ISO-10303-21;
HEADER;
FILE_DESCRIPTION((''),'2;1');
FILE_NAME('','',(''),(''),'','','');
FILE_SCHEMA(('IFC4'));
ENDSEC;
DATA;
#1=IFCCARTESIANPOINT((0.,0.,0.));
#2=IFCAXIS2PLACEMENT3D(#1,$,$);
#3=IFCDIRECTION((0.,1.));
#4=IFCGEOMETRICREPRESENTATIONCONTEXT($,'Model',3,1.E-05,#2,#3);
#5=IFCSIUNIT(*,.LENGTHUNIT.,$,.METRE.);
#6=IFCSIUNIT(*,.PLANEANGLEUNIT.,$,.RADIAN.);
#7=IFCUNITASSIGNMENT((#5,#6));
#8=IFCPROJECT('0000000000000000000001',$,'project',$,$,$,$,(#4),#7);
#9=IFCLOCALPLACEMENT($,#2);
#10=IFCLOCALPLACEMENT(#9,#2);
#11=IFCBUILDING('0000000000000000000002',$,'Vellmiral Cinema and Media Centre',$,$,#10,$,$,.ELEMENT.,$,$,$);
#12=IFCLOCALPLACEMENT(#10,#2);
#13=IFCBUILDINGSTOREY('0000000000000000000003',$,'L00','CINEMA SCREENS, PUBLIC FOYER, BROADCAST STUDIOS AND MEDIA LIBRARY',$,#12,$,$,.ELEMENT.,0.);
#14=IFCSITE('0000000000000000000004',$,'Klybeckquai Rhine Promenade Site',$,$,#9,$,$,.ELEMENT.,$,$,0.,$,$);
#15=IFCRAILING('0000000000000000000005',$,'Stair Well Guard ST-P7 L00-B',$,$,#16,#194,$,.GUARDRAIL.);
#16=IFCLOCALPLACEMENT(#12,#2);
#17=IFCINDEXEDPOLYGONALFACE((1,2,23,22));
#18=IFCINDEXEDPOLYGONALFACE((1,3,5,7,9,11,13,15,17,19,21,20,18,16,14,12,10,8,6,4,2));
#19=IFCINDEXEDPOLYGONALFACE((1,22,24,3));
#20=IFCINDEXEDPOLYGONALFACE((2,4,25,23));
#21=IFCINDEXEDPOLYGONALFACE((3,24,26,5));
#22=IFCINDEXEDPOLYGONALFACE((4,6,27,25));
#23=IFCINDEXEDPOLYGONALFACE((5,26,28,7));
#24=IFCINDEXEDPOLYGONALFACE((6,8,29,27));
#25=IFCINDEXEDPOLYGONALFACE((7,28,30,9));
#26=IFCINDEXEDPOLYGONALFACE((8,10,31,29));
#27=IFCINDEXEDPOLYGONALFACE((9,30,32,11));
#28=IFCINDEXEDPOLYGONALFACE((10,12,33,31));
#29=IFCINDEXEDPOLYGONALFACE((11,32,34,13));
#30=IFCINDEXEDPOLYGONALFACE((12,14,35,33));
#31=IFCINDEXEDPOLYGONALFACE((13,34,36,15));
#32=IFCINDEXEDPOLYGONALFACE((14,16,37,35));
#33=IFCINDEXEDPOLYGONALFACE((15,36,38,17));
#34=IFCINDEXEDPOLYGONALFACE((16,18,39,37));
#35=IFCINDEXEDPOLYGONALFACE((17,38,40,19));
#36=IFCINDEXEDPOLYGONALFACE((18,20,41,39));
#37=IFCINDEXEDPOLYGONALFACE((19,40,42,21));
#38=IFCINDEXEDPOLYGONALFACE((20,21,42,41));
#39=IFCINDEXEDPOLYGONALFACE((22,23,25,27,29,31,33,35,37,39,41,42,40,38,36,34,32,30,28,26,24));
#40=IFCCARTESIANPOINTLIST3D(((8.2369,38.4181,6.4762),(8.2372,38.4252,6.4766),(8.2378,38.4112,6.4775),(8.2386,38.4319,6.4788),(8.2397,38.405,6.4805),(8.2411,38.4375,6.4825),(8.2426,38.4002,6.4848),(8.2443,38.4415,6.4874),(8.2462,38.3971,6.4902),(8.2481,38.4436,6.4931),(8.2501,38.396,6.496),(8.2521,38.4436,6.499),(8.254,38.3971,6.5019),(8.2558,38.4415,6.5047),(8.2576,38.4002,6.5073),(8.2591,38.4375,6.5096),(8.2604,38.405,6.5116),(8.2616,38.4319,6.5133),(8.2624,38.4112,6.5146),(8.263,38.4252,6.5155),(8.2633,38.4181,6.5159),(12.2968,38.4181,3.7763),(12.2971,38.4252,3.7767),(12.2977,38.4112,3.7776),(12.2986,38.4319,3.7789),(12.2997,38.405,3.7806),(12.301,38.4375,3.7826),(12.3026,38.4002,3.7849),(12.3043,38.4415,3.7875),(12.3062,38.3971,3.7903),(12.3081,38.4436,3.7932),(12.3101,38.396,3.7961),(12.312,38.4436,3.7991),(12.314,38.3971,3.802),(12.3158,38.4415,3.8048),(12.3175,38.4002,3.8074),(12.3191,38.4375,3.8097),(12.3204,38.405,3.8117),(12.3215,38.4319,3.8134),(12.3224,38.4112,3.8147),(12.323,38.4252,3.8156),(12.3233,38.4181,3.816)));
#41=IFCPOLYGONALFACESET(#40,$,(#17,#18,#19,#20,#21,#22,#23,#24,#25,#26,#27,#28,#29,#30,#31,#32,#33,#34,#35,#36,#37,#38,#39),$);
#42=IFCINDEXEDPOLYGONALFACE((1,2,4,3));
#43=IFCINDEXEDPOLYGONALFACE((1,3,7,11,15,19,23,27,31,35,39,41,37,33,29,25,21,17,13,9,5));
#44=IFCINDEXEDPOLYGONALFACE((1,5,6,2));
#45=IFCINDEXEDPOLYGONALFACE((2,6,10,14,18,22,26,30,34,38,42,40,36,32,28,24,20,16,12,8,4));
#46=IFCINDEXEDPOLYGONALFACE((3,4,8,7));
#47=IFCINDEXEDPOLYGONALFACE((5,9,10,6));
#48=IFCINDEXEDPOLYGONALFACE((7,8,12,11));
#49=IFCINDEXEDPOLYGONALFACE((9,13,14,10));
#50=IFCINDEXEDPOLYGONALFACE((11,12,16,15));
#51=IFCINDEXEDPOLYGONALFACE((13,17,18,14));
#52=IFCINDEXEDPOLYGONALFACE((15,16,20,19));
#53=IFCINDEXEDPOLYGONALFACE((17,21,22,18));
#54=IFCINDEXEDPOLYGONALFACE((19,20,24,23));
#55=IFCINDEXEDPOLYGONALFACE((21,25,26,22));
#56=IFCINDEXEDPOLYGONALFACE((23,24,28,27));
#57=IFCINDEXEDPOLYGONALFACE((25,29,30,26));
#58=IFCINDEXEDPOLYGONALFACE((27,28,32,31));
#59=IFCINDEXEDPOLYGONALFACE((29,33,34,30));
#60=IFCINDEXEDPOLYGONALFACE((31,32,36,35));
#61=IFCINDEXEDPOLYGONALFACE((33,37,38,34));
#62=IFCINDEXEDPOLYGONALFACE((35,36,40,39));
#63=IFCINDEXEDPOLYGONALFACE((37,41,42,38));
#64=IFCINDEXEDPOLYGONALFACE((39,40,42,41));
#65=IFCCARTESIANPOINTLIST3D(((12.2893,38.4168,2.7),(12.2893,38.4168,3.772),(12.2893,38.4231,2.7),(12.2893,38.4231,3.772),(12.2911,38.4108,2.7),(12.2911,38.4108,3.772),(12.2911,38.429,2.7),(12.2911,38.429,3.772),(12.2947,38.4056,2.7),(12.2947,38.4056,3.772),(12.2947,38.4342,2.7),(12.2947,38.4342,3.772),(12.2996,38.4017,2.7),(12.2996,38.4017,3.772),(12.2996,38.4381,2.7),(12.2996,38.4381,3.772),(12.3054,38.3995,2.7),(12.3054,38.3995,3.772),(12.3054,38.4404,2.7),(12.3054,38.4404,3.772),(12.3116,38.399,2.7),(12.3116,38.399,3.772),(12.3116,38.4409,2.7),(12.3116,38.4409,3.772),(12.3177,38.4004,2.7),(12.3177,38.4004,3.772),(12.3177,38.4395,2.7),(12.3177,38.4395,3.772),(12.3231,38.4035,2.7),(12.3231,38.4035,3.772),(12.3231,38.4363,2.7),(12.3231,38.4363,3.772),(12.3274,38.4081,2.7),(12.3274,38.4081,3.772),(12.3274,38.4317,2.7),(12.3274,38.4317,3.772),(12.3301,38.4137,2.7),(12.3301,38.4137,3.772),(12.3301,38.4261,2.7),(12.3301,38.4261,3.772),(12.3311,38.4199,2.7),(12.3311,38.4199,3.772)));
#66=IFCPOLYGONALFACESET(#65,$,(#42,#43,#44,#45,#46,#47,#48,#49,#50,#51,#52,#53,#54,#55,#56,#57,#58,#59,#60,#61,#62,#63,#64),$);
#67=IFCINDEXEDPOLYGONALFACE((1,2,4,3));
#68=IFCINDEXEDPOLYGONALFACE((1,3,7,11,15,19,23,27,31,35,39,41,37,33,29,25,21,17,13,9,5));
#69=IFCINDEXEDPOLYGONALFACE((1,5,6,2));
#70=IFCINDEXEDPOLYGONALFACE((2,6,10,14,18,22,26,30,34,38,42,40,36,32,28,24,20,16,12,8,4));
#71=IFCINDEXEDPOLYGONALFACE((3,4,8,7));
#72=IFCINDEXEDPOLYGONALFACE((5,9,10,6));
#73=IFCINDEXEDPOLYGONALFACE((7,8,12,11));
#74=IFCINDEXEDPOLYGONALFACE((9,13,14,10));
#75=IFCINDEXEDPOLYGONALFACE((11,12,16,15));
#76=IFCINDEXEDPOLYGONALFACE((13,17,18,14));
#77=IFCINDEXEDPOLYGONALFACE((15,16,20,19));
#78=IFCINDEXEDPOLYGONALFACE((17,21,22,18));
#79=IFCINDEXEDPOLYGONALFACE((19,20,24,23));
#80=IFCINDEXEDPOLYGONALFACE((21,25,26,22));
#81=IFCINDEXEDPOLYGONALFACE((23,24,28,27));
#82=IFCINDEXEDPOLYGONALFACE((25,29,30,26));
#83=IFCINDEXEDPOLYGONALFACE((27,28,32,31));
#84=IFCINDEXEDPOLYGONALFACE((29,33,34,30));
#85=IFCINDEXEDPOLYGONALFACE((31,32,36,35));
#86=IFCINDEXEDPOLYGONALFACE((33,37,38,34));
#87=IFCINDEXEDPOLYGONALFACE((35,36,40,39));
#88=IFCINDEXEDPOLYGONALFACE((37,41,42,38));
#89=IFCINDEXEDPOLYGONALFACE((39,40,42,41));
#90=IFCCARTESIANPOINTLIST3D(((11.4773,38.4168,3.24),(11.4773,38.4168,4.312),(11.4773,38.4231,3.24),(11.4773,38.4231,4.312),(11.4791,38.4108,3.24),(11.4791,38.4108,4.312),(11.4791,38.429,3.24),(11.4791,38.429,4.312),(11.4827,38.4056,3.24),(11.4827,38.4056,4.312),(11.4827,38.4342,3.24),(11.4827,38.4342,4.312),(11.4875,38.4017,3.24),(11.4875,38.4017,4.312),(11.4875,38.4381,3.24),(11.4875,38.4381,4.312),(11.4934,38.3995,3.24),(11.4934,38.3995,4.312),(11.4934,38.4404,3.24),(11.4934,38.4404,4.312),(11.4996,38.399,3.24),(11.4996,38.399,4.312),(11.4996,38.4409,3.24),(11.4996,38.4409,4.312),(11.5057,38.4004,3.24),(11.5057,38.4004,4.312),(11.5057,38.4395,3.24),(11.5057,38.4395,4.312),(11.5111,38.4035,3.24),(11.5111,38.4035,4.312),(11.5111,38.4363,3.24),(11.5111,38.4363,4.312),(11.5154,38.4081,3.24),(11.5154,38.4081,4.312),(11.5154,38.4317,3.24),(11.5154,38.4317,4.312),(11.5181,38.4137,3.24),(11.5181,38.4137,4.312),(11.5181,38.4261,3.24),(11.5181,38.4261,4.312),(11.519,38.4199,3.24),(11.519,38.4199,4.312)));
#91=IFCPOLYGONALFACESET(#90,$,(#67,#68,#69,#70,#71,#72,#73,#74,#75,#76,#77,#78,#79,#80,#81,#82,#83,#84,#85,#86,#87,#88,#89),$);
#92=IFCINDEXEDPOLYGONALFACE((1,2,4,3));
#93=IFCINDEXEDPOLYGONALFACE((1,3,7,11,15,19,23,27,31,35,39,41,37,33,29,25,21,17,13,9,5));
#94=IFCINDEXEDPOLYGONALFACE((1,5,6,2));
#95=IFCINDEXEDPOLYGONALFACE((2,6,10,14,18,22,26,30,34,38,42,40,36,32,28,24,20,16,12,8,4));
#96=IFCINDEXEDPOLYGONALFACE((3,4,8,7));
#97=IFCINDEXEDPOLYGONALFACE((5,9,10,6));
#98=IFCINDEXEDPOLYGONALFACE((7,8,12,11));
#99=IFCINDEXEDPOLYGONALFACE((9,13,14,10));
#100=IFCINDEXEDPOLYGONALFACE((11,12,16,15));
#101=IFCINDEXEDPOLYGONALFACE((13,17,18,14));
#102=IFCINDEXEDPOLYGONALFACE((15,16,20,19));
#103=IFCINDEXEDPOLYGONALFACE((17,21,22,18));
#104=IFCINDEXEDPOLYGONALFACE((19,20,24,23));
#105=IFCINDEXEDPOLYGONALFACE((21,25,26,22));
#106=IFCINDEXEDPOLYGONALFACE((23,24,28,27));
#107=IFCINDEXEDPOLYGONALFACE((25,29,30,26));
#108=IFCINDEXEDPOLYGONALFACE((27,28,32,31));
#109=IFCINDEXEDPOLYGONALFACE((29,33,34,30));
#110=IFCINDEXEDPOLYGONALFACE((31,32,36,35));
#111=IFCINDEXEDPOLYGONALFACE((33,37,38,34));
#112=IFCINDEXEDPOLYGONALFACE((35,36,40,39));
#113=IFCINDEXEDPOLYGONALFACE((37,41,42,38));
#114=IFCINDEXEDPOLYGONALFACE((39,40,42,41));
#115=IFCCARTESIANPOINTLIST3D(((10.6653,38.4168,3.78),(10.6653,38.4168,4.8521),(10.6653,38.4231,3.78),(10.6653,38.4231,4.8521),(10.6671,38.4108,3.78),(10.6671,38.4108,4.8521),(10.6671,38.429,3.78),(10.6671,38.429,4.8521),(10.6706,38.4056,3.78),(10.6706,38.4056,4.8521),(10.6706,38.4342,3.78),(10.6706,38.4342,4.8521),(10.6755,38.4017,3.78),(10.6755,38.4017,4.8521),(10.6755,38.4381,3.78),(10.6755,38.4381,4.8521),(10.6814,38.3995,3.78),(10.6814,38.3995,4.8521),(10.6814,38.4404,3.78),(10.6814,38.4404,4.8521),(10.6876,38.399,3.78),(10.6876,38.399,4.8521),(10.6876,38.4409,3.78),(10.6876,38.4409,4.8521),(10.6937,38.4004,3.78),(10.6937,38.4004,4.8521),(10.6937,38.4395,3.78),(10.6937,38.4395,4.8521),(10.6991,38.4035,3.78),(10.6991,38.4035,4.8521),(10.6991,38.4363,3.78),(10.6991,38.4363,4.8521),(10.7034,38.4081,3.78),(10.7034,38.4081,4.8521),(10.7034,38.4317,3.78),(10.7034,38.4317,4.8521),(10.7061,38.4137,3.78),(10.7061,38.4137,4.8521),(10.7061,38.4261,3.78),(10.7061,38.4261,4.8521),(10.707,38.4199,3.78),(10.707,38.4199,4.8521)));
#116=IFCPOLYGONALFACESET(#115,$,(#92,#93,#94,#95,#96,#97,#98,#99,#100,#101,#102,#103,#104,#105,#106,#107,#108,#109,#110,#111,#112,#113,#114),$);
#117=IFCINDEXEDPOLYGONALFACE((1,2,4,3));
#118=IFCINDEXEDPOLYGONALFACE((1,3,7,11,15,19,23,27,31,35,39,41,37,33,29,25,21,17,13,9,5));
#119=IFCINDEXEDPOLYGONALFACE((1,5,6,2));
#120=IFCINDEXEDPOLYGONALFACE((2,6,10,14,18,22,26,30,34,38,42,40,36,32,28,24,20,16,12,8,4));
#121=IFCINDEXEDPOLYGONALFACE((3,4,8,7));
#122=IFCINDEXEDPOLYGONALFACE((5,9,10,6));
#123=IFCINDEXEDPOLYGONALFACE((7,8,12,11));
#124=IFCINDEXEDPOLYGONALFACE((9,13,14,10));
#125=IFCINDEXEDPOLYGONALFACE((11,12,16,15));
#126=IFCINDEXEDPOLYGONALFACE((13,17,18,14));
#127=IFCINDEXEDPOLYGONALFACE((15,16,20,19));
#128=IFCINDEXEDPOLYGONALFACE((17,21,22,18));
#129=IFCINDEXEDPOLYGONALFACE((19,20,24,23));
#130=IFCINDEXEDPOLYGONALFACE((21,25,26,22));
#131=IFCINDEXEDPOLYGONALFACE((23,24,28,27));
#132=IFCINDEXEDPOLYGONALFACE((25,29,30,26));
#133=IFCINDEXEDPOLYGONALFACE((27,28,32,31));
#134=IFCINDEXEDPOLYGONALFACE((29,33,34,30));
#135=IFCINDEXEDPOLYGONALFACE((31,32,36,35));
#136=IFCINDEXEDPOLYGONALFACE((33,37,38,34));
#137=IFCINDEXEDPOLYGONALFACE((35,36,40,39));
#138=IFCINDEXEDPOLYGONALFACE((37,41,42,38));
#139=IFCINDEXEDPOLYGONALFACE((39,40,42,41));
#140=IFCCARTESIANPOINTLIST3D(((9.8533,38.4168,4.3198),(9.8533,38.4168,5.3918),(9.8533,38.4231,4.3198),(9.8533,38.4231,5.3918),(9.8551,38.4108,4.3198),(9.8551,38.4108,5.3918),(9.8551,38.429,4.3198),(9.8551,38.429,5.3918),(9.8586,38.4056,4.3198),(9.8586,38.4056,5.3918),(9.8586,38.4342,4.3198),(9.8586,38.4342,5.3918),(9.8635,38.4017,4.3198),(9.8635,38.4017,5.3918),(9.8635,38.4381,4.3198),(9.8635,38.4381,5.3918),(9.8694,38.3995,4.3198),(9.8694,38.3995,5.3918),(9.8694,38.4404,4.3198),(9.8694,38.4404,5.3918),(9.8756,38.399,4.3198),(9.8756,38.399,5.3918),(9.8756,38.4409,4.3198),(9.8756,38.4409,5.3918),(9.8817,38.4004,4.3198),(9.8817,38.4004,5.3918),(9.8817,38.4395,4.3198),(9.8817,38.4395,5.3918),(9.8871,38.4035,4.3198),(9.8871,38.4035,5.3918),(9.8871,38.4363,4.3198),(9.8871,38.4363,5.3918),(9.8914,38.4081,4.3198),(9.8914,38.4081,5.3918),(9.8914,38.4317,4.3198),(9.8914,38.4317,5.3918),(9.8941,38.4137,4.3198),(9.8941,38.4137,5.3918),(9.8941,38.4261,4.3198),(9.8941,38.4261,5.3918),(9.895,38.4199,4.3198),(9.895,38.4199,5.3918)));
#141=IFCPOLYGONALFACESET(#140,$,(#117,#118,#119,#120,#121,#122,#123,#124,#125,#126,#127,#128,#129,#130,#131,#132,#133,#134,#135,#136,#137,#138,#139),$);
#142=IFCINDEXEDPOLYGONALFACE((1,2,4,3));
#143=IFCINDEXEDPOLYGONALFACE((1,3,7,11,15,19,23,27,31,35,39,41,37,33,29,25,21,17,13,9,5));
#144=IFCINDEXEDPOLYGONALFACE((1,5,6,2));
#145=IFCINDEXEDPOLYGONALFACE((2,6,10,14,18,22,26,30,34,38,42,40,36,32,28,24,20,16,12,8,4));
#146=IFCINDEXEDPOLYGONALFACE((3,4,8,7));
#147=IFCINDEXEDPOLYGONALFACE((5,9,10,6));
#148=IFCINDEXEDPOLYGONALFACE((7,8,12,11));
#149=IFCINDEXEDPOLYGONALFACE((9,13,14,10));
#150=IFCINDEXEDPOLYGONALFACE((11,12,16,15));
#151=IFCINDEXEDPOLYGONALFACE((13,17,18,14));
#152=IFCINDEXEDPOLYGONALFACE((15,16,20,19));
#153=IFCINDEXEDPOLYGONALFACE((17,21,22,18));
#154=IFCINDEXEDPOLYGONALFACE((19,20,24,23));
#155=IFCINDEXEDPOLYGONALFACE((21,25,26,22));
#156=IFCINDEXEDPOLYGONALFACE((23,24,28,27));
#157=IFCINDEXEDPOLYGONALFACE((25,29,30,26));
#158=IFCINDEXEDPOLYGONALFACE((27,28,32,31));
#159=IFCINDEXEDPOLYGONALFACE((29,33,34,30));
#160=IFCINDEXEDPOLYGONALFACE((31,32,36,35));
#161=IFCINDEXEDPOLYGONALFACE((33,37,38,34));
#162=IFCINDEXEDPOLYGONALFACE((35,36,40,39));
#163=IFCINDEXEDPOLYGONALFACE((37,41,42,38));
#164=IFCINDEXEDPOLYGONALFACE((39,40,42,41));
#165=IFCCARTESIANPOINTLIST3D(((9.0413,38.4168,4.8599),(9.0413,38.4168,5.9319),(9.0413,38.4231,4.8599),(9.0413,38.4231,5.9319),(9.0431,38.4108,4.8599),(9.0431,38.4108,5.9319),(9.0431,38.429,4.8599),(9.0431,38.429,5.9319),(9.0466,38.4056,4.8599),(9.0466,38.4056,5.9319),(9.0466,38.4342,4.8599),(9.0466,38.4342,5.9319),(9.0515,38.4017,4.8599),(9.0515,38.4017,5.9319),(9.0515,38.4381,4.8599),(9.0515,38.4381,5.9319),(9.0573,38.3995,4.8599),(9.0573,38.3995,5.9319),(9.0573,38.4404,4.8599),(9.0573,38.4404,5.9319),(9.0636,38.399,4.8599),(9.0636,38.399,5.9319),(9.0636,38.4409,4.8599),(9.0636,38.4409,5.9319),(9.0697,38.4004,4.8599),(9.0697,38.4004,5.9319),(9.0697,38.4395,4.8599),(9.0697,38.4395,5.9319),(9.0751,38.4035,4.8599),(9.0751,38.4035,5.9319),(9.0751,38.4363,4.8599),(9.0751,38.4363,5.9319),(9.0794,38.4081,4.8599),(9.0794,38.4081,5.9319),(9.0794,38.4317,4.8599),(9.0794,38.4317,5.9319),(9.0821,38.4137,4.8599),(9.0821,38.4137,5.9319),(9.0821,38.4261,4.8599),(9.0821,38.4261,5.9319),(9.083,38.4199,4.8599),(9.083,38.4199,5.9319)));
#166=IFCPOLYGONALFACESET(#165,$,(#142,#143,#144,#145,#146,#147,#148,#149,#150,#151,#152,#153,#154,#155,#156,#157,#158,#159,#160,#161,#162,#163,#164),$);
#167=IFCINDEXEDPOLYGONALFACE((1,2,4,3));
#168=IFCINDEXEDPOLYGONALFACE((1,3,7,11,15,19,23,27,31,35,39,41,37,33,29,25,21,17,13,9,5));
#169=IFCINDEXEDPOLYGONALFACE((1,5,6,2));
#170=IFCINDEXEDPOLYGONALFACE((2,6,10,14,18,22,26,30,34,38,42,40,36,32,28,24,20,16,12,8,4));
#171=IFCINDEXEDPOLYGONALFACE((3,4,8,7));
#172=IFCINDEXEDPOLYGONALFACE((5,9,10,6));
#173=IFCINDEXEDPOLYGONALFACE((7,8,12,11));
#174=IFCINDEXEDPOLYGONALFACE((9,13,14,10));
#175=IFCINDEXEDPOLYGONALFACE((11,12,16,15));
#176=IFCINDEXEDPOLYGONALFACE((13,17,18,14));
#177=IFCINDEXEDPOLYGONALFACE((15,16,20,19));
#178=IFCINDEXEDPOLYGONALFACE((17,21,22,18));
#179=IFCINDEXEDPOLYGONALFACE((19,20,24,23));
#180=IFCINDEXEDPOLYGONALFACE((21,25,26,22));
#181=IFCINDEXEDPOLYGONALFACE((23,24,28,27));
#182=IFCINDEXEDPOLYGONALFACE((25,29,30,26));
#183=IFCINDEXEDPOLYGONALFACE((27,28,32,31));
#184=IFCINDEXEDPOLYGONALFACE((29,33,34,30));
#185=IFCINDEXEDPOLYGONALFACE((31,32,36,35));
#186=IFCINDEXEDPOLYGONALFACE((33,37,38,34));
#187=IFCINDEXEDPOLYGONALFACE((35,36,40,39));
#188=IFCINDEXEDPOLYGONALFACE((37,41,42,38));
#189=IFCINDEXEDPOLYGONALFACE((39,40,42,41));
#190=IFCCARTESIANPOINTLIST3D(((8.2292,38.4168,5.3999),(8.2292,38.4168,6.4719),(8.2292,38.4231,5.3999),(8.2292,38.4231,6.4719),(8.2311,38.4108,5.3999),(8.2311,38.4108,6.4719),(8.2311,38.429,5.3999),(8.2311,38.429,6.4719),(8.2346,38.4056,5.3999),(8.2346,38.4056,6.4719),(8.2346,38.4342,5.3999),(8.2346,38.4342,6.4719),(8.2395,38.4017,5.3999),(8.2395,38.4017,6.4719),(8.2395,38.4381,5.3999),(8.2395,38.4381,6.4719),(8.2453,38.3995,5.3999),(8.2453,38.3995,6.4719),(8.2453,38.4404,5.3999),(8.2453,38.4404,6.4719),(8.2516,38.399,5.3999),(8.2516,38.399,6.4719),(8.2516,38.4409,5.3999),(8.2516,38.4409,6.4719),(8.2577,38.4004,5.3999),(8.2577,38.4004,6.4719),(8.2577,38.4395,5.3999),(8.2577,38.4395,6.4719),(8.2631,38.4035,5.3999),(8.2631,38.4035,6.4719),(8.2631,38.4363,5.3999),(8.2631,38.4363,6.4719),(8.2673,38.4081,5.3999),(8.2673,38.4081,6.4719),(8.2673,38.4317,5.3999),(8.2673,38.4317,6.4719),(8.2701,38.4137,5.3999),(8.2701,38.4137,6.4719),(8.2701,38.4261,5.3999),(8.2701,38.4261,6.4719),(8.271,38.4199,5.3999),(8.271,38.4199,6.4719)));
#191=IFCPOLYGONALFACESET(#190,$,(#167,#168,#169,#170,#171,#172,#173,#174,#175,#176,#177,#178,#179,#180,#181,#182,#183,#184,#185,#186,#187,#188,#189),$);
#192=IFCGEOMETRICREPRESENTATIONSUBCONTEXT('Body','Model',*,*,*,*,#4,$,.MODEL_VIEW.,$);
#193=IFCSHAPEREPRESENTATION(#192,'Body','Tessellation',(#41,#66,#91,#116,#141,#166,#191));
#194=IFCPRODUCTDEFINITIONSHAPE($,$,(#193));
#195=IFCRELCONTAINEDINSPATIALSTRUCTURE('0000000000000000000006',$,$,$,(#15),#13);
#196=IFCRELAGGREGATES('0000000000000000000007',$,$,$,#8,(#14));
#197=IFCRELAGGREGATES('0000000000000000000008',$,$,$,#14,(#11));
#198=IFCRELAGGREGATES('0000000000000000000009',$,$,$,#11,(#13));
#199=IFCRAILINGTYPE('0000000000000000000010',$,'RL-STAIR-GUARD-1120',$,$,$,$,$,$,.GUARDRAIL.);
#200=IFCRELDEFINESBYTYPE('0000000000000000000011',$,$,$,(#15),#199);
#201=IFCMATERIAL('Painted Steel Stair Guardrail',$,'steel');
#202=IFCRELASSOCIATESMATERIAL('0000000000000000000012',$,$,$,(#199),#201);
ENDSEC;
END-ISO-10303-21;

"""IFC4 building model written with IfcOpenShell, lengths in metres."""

from ifc_helpers import new_model, si_unit, direction, frame, origin, origin_2d, place, context, subcontext, project, spatial, circle, extrude, material, type_object, element, save


model = new_model("IFC4")

# Units and contexts
model_context = context("Model", 3, precision=1e-05, world=origin(), true_north=direction((0.0, 1.0)))
body_context = subcontext(model_context, "Body", "Model", "MODEL_VIEW")
ifc_project = project(units=[si_unit("LENGTHUNIT", "METRE"), si_unit("PLANEANGLEUNIT", "RADIAN")], contexts=[model_context])

# Site, building, storey
site_placement = place(None, origin())
site = spatial("IfcSite", under=ifc_project, at=site_placement, Name="Klybeckquai Rhine Promenade Site", CompositionType="ELEMENT", RefElevation=0.0)
building_placement = place(site_placement, origin())
building = spatial("IfcBuilding", under=site, at=building_placement, Name="Vellmiral Cinema and Media Centre", CompositionType="ELEMENT")
storey_placement = place(building_placement, origin())
storey = spatial("IfcBuildingStorey", under=building, at=storey_placement, Name="L00", Description="CINEMA SCREENS, PUBLIC FOYER, BROADCAST STUDIOS AND MEDIA LIBRARY", CompositionType="ELEMENT", Elevation=0.0)

# Railing
ifc_material_1 = material(Name="Painted Steel Stair Guardrail", Category="steel")
railing_type_1 = type_object("IfcRailingType", Name="RL-STAIR-GUARD-1120", PredefinedType="GUARDRAIL", material=ifc_material_1)
railing_1_placement = place(storey_placement, frame((12.3101, 38.4199, 2.7)))
element("IfcRailing", 1, at=railing_1_placement, inside=storey, type_object=railing_type_1, Name="Stair Well Guard ST-P7 L00-B", PredefinedType="GUARDRAIL", context=body_context, shape_type="SweptSolid", body=[
    extrude(circle(Radius=0.0239, at=origin_2d()), frame((0.0, 0.0, 1.0962), z_axis=(-0.832689, 0.0, 0.553741), x_axis=(0.0, -1.0, 0.0)), (0.0, 0.0, 1.0), 4.8757),
    extrude(circle(Radius=0.021, at=origin_2d()), origin(), (0.0, 0.0, 1.0), 1.072),
    extrude(circle(Radius=0.021, at=origin_2d()), frame((-0.812, 0.0, 0.54)), (0.0, 0.0, 1.0), 1.072),
    extrude(circle(Radius=0.021, at=origin_2d()), frame((-1.624, 0.0, 1.0801)), (0.0, 0.0, 1.0), 1.072),
    extrude(circle(Radius=0.021, at=origin_2d()), frame((-2.436, 0.0, 1.6199)), (0.0, 0.0, 1.0), 1.072),
    extrude(circle(Radius=0.021, at=origin_2d()), frame((-3.248, 0.0, 2.1599)), (0.0, 0.0, 1.0), 1.072),
    extrude(circle(Radius=0.021, at=origin_2d()), frame((-4.0601, 0.0, 2.7)), (0.0, 0.0, 1.0), 1.072),
])

save(model, "model.ifc")
